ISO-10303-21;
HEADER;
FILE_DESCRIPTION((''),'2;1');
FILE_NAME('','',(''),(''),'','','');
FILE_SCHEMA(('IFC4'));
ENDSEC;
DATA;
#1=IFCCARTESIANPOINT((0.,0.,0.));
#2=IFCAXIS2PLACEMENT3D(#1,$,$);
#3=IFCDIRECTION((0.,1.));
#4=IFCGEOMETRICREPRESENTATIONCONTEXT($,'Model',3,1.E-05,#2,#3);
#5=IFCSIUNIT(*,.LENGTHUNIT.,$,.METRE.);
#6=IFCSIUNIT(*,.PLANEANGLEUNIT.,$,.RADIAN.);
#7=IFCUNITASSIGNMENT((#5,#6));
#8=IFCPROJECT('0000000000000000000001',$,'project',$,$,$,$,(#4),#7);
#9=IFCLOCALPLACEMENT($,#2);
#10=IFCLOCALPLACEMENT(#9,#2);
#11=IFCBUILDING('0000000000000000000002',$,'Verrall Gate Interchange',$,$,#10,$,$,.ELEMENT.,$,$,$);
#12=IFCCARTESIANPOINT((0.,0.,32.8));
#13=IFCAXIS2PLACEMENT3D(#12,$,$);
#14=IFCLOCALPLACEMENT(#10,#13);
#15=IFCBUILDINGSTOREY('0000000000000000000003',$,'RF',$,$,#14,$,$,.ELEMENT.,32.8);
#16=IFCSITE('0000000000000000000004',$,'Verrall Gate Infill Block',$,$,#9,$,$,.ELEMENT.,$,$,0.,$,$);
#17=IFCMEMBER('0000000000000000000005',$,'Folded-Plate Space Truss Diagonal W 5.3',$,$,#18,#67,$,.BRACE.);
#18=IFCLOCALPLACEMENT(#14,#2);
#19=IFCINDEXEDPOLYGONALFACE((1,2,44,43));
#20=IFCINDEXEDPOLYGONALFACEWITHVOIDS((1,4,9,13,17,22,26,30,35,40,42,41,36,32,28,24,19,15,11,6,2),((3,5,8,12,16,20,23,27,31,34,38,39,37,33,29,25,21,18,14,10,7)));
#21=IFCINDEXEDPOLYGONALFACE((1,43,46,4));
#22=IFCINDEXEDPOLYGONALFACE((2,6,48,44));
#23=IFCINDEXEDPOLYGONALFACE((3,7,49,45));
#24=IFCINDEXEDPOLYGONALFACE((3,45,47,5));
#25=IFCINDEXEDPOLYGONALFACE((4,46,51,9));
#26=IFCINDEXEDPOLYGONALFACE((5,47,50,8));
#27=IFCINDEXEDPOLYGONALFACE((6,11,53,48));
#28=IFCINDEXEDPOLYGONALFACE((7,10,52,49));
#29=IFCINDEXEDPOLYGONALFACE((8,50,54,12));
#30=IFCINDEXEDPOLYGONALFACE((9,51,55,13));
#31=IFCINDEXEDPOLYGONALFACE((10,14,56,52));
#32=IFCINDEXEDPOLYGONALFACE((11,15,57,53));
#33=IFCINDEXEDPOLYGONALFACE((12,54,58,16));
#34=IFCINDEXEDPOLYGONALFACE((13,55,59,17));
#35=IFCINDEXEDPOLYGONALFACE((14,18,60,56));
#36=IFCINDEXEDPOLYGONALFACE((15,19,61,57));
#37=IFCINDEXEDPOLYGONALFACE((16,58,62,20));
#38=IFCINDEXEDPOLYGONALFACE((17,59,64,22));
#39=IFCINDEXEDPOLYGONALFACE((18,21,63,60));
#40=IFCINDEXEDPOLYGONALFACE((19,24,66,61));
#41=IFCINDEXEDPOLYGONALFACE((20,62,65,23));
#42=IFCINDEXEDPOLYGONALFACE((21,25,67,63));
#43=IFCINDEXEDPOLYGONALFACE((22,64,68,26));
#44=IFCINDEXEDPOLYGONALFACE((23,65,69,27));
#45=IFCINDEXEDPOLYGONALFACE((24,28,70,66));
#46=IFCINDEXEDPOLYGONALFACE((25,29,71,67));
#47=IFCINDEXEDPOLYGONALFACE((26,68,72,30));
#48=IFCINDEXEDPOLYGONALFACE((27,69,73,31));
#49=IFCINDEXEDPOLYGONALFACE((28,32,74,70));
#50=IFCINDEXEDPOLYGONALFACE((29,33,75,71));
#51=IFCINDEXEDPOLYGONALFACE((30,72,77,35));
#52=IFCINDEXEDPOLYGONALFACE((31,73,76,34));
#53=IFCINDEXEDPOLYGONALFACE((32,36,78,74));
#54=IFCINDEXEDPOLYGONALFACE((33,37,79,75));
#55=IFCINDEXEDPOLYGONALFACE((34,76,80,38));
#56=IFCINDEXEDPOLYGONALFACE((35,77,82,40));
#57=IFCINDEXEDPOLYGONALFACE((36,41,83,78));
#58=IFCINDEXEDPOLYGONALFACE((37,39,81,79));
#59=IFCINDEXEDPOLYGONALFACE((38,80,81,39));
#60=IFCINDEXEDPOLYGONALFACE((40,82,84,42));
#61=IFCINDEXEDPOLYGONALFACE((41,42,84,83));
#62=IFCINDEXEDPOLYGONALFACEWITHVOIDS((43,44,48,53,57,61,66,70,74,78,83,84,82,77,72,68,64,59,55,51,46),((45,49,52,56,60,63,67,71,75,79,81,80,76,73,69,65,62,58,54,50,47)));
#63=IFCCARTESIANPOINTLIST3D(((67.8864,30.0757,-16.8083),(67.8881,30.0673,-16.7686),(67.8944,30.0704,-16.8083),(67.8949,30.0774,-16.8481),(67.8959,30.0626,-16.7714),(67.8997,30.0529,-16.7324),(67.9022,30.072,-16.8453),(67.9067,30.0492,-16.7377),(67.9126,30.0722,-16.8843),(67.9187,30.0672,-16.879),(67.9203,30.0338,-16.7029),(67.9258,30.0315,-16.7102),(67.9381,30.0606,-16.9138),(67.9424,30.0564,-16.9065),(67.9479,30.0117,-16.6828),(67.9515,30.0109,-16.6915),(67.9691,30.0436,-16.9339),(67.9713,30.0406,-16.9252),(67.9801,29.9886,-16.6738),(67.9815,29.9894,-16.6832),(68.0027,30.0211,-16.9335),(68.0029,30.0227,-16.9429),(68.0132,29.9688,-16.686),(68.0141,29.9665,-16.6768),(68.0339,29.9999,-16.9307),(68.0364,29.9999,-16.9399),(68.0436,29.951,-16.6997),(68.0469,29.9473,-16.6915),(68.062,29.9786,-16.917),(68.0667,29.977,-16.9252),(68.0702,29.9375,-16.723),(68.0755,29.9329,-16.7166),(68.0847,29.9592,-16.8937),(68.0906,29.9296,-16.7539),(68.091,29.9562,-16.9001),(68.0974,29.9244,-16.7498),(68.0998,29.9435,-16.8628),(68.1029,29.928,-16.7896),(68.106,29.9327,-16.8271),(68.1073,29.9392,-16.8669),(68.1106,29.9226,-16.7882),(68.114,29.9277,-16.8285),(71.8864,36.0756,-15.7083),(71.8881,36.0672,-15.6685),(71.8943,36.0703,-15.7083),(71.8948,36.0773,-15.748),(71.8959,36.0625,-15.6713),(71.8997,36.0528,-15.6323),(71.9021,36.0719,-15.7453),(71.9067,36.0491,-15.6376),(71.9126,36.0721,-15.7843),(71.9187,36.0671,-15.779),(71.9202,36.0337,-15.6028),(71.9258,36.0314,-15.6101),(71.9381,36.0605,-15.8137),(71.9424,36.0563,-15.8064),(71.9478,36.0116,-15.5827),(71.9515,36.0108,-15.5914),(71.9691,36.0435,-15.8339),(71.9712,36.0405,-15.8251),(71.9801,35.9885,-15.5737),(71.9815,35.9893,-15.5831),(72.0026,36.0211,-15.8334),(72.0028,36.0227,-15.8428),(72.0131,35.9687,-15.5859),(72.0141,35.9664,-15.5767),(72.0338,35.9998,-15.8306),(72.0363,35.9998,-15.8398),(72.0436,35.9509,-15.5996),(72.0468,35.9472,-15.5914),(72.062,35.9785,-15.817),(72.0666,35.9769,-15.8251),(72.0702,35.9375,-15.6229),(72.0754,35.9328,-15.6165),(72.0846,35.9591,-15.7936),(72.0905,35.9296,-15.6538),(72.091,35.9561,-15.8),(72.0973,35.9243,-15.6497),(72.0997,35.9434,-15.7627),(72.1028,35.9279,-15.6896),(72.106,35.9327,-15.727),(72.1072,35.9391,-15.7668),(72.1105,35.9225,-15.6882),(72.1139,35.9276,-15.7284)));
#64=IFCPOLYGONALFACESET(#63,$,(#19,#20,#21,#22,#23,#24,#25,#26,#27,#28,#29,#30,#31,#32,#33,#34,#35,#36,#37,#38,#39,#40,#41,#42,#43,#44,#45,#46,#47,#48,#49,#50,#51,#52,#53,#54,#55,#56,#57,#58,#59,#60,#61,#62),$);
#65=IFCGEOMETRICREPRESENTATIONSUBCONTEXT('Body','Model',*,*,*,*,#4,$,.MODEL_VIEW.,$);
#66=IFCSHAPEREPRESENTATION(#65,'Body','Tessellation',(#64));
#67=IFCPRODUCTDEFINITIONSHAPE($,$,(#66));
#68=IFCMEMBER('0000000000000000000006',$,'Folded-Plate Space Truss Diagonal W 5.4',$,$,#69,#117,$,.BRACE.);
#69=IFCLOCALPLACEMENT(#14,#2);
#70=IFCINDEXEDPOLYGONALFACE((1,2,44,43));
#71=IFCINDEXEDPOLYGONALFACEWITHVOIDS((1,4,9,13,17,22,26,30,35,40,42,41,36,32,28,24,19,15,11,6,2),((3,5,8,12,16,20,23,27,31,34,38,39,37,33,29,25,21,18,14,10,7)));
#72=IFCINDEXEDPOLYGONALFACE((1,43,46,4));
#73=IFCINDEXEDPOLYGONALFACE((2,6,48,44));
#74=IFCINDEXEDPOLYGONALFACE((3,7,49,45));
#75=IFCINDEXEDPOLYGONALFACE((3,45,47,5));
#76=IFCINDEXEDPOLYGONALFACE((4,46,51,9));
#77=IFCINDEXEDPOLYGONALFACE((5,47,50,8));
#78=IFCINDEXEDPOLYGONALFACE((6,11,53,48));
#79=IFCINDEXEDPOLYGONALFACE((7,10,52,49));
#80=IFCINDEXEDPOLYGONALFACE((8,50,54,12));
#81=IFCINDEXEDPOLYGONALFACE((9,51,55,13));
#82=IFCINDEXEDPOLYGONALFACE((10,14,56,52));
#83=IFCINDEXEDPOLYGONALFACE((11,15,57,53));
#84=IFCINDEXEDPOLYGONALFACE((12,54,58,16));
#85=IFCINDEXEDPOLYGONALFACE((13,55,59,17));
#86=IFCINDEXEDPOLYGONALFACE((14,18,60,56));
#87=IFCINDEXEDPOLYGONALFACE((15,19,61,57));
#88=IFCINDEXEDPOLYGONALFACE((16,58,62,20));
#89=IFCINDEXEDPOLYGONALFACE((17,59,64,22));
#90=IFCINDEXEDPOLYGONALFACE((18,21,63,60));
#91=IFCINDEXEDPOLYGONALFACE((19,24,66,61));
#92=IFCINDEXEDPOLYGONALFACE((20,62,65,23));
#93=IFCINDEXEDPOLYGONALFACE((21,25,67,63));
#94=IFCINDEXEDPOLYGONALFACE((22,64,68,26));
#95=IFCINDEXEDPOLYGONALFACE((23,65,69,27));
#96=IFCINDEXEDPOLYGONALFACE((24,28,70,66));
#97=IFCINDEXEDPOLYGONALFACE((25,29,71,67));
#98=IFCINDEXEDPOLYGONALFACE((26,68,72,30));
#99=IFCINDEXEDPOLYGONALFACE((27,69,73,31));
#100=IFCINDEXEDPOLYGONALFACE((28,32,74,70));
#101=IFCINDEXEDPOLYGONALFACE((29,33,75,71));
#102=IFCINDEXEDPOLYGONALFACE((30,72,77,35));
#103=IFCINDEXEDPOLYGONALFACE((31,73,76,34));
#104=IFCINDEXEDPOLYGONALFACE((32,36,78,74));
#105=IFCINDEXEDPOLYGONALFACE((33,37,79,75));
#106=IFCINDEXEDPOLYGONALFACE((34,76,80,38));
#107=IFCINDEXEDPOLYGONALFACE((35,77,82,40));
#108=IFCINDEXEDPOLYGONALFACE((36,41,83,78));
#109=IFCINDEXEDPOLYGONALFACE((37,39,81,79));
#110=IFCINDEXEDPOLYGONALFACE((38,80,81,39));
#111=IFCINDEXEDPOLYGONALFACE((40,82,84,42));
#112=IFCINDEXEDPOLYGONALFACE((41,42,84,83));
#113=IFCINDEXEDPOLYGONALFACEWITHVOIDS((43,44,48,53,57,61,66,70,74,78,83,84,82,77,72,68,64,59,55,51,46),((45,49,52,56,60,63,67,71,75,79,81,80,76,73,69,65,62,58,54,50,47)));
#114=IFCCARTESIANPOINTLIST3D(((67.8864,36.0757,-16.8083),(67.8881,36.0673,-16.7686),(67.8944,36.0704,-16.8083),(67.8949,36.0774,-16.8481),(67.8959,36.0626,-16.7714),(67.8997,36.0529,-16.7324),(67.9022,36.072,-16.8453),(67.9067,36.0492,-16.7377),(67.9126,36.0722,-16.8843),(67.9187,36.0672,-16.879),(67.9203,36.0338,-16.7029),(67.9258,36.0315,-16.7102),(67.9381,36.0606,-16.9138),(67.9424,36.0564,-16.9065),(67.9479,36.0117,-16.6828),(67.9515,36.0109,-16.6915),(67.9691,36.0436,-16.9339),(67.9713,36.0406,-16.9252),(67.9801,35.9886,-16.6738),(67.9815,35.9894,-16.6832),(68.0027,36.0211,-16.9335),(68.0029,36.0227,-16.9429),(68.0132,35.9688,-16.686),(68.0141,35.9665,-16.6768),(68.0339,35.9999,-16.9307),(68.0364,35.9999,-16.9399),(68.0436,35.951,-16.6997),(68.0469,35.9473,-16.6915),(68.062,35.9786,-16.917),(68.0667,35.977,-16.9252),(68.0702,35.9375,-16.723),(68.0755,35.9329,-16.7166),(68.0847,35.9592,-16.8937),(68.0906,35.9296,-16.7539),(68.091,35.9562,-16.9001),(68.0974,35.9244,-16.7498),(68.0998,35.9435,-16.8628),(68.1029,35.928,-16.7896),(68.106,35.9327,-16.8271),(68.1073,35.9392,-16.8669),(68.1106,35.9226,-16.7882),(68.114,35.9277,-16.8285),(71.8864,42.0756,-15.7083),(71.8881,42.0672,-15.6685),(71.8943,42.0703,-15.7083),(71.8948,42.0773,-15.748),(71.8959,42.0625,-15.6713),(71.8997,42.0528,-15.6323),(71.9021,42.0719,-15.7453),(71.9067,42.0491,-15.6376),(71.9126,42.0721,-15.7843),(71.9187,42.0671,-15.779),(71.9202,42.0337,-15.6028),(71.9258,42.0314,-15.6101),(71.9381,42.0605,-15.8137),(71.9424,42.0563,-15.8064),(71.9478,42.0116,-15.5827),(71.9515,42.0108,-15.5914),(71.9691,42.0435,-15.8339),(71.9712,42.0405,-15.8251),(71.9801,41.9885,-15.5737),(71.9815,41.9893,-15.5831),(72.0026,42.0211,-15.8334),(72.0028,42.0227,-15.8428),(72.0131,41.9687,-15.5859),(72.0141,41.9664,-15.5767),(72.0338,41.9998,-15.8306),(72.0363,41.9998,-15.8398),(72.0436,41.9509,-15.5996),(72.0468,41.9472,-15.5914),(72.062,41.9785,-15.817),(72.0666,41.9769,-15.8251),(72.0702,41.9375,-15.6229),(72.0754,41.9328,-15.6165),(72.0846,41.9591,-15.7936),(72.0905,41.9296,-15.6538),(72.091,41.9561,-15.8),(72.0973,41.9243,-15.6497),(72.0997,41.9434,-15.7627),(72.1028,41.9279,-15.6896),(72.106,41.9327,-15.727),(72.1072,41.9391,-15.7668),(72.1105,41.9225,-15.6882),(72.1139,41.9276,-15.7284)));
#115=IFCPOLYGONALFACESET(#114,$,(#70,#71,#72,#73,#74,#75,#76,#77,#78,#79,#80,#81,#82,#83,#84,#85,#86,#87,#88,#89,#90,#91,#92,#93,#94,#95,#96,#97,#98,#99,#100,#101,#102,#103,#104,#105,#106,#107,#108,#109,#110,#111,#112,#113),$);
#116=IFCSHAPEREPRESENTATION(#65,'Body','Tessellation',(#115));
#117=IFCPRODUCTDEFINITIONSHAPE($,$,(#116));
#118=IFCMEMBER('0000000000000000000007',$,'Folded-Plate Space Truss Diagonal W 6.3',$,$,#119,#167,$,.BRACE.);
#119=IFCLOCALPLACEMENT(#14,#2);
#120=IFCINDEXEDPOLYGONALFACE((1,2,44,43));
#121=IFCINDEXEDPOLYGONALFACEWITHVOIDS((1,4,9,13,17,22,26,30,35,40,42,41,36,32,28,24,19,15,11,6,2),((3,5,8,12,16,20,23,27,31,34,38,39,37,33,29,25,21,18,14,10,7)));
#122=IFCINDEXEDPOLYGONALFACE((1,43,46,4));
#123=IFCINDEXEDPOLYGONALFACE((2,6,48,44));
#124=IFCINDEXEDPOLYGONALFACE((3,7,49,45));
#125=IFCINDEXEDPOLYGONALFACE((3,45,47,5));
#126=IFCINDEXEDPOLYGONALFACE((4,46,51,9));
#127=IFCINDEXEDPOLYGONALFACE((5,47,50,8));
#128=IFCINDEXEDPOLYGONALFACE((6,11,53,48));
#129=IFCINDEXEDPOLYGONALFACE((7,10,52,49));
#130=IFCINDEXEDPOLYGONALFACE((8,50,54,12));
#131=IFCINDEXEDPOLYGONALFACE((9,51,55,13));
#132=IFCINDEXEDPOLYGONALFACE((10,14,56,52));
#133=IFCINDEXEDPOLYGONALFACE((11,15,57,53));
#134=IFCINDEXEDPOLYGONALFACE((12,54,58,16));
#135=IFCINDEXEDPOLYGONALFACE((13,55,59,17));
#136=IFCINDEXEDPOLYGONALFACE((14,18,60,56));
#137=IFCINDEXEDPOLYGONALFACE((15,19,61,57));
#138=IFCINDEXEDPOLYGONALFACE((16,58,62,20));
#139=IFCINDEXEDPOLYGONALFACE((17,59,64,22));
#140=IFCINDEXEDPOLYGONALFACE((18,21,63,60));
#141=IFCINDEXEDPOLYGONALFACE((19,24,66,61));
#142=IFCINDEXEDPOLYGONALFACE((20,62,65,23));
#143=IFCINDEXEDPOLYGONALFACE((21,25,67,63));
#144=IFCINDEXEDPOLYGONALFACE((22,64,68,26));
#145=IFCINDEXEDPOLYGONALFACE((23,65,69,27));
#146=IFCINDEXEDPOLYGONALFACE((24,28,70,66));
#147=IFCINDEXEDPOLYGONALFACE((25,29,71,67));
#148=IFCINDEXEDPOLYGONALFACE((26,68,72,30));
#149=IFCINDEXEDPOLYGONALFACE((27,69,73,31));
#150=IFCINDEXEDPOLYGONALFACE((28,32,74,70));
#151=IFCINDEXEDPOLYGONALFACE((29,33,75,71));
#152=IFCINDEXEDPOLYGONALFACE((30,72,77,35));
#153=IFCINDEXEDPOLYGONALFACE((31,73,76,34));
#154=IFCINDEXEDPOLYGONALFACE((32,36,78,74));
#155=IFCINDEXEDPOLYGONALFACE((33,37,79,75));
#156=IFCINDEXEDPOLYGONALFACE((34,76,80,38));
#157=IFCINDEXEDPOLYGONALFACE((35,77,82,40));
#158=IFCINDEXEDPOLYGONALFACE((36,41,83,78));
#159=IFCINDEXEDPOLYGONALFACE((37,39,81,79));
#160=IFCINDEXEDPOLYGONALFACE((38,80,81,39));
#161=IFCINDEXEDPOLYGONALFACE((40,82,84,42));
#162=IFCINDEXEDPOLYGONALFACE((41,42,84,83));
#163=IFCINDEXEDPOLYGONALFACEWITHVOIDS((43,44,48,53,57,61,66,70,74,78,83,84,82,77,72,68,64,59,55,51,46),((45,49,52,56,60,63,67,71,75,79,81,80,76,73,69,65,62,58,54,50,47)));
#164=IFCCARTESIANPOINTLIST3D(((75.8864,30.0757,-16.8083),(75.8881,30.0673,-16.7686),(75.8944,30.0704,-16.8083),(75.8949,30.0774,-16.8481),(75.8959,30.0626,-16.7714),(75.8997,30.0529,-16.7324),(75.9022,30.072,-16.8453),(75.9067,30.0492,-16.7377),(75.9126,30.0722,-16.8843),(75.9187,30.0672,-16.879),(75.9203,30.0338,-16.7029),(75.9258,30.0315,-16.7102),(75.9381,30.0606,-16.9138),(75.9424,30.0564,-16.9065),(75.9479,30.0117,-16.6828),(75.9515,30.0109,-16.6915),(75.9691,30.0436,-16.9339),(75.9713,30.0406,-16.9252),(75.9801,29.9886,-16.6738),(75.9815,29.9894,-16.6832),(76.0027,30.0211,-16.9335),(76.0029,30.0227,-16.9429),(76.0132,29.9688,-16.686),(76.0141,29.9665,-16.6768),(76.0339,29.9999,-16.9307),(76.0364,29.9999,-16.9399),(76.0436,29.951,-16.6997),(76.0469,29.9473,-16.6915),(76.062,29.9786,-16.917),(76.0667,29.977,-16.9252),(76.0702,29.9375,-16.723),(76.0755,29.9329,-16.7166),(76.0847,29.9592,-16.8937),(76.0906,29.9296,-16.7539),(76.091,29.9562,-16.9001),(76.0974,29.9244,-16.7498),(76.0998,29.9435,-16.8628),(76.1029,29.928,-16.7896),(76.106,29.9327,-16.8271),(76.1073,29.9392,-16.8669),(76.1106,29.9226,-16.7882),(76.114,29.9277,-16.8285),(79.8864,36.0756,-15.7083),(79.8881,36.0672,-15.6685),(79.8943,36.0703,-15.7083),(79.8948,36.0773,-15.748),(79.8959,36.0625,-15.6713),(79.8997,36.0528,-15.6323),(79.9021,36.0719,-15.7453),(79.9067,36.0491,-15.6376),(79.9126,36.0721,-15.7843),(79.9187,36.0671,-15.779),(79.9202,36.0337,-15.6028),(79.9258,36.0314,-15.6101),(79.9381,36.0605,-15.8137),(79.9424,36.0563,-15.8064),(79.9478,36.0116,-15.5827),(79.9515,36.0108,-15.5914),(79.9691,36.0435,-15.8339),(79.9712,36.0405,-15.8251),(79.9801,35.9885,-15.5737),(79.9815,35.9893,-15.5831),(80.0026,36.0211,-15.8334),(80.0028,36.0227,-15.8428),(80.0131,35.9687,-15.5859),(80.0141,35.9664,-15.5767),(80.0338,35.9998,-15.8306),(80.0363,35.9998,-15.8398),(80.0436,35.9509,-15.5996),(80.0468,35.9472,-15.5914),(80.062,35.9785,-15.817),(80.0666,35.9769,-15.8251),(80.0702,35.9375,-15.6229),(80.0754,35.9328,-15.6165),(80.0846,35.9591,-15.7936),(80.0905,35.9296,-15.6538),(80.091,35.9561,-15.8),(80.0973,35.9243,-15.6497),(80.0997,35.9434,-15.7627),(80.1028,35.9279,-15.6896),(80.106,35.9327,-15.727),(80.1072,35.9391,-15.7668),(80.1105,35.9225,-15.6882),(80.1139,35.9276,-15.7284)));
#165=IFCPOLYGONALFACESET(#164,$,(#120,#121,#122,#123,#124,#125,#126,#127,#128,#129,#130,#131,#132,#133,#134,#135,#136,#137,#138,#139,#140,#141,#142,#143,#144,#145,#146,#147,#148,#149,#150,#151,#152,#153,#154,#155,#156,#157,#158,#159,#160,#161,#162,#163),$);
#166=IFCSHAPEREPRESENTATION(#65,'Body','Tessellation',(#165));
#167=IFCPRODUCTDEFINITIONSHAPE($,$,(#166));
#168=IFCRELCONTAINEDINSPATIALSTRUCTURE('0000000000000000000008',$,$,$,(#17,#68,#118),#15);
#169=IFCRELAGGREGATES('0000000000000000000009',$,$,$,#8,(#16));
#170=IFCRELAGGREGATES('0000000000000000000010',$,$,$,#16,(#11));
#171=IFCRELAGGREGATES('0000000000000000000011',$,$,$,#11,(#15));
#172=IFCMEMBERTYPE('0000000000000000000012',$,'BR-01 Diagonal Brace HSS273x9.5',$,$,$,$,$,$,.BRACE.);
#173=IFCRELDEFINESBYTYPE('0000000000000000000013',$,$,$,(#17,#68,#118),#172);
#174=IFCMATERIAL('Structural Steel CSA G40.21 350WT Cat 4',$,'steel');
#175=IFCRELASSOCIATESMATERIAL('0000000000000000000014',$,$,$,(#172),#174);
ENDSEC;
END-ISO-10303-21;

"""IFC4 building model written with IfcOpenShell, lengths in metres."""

from ifc_helpers import new_model, si_unit, direction, frame, origin, origin_2d, place, context, subcontext, project, spatial, hollow_circle, extrude, material, material_profile, profile_set, type_object, element, save


model = new_model("IFC4")

# Units and contexts
model_context = context("Model", 3, precision=1e-05, world=origin(), true_north=direction((0.0, 1.0)))
body_context = subcontext(model_context, "Body", "Model", "MODEL_VIEW")
ifc_project = project(units=[si_unit("LENGTHUNIT", "METRE"), si_unit("PLANEANGLEUNIT", "RADIAN")], contexts=[model_context])

# Site, building, storey
site_placement = place(None, origin())
site = spatial("IfcSite", under=ifc_project, at=site_placement, Name="Verrall Gate Infill Block", CompositionType="ELEMENT", RefElevation=0.0)
building_placement = place(site_placement, origin())
building = spatial("IfcBuilding", under=site, at=building_placement, Name="Verrall Gate Interchange", CompositionType="ELEMENT")
storey_placement = place(building_placement, frame((0.0, 0.0, 32.8)))
storey = spatial("IfcBuildingStorey", under=building, at=storey_placement, Name="RF", CompositionType="ELEMENT", Elevation=32.8)

# Members
ifc_material_1 = material(Name="Structural Steel CSA G40.21 350WT Cat 4", Category="steel")
ifc_material_profile_1 = material_profile(ifc_material_1, hollow_circle(Radius=0.1365, WallThickness=0.0095, at=origin_2d()), Name="HSS273x9.5")
ifc_profile_set_1 = profile_set([ifc_material_profile_1], Name="Structural Steel CSA G40.21 350WT Cat 4")
member_type_1 = type_object("IfcMemberType", Name="BR-01 Diagonal Brace HSS273x9.5", PredefinedType="BRACE", material=ifc_profile_set_1)
for number, where, z_axis, x_axis, name in (
    (1, (68.0, 30.0, -16.8083), (0.548356, 0.822534, 0.150811), (-0.83205, 0.5547, 0.0), "Folded-Plate Space Truss Diagonal W 5.3"),
    (2, (68.0, 36.0, -16.8083), (0.548356, 0.822534, 0.150811), (-0.83205, 0.5547, 0.0), "Folded-Plate Space Truss Diagonal W 5.4"),
    (3, (76.0, 30.0, -16.8083), (0.548356, 0.822534, 0.150811), (-0.83205, 0.5547, 0.0), "Folded-Plate Space Truss Diagonal W 6.3"),
):
    element("IfcMember", number, at=place(storey_placement, frame(where, z_axis=z_axis, x_axis=x_axis)), inside=storey, type_object=member_type_1, Name=name, PredefinedType="BRACE", context=body_context, shape_type="SweptSolid", body=[
        extrude(hollow_circle(Radius=0.1365, WallThickness=0.0095, at=origin_2d()), origin(), (0.0, 0.0, 1.0), 7.2944),
    ])

save(model, "model.ifc")
